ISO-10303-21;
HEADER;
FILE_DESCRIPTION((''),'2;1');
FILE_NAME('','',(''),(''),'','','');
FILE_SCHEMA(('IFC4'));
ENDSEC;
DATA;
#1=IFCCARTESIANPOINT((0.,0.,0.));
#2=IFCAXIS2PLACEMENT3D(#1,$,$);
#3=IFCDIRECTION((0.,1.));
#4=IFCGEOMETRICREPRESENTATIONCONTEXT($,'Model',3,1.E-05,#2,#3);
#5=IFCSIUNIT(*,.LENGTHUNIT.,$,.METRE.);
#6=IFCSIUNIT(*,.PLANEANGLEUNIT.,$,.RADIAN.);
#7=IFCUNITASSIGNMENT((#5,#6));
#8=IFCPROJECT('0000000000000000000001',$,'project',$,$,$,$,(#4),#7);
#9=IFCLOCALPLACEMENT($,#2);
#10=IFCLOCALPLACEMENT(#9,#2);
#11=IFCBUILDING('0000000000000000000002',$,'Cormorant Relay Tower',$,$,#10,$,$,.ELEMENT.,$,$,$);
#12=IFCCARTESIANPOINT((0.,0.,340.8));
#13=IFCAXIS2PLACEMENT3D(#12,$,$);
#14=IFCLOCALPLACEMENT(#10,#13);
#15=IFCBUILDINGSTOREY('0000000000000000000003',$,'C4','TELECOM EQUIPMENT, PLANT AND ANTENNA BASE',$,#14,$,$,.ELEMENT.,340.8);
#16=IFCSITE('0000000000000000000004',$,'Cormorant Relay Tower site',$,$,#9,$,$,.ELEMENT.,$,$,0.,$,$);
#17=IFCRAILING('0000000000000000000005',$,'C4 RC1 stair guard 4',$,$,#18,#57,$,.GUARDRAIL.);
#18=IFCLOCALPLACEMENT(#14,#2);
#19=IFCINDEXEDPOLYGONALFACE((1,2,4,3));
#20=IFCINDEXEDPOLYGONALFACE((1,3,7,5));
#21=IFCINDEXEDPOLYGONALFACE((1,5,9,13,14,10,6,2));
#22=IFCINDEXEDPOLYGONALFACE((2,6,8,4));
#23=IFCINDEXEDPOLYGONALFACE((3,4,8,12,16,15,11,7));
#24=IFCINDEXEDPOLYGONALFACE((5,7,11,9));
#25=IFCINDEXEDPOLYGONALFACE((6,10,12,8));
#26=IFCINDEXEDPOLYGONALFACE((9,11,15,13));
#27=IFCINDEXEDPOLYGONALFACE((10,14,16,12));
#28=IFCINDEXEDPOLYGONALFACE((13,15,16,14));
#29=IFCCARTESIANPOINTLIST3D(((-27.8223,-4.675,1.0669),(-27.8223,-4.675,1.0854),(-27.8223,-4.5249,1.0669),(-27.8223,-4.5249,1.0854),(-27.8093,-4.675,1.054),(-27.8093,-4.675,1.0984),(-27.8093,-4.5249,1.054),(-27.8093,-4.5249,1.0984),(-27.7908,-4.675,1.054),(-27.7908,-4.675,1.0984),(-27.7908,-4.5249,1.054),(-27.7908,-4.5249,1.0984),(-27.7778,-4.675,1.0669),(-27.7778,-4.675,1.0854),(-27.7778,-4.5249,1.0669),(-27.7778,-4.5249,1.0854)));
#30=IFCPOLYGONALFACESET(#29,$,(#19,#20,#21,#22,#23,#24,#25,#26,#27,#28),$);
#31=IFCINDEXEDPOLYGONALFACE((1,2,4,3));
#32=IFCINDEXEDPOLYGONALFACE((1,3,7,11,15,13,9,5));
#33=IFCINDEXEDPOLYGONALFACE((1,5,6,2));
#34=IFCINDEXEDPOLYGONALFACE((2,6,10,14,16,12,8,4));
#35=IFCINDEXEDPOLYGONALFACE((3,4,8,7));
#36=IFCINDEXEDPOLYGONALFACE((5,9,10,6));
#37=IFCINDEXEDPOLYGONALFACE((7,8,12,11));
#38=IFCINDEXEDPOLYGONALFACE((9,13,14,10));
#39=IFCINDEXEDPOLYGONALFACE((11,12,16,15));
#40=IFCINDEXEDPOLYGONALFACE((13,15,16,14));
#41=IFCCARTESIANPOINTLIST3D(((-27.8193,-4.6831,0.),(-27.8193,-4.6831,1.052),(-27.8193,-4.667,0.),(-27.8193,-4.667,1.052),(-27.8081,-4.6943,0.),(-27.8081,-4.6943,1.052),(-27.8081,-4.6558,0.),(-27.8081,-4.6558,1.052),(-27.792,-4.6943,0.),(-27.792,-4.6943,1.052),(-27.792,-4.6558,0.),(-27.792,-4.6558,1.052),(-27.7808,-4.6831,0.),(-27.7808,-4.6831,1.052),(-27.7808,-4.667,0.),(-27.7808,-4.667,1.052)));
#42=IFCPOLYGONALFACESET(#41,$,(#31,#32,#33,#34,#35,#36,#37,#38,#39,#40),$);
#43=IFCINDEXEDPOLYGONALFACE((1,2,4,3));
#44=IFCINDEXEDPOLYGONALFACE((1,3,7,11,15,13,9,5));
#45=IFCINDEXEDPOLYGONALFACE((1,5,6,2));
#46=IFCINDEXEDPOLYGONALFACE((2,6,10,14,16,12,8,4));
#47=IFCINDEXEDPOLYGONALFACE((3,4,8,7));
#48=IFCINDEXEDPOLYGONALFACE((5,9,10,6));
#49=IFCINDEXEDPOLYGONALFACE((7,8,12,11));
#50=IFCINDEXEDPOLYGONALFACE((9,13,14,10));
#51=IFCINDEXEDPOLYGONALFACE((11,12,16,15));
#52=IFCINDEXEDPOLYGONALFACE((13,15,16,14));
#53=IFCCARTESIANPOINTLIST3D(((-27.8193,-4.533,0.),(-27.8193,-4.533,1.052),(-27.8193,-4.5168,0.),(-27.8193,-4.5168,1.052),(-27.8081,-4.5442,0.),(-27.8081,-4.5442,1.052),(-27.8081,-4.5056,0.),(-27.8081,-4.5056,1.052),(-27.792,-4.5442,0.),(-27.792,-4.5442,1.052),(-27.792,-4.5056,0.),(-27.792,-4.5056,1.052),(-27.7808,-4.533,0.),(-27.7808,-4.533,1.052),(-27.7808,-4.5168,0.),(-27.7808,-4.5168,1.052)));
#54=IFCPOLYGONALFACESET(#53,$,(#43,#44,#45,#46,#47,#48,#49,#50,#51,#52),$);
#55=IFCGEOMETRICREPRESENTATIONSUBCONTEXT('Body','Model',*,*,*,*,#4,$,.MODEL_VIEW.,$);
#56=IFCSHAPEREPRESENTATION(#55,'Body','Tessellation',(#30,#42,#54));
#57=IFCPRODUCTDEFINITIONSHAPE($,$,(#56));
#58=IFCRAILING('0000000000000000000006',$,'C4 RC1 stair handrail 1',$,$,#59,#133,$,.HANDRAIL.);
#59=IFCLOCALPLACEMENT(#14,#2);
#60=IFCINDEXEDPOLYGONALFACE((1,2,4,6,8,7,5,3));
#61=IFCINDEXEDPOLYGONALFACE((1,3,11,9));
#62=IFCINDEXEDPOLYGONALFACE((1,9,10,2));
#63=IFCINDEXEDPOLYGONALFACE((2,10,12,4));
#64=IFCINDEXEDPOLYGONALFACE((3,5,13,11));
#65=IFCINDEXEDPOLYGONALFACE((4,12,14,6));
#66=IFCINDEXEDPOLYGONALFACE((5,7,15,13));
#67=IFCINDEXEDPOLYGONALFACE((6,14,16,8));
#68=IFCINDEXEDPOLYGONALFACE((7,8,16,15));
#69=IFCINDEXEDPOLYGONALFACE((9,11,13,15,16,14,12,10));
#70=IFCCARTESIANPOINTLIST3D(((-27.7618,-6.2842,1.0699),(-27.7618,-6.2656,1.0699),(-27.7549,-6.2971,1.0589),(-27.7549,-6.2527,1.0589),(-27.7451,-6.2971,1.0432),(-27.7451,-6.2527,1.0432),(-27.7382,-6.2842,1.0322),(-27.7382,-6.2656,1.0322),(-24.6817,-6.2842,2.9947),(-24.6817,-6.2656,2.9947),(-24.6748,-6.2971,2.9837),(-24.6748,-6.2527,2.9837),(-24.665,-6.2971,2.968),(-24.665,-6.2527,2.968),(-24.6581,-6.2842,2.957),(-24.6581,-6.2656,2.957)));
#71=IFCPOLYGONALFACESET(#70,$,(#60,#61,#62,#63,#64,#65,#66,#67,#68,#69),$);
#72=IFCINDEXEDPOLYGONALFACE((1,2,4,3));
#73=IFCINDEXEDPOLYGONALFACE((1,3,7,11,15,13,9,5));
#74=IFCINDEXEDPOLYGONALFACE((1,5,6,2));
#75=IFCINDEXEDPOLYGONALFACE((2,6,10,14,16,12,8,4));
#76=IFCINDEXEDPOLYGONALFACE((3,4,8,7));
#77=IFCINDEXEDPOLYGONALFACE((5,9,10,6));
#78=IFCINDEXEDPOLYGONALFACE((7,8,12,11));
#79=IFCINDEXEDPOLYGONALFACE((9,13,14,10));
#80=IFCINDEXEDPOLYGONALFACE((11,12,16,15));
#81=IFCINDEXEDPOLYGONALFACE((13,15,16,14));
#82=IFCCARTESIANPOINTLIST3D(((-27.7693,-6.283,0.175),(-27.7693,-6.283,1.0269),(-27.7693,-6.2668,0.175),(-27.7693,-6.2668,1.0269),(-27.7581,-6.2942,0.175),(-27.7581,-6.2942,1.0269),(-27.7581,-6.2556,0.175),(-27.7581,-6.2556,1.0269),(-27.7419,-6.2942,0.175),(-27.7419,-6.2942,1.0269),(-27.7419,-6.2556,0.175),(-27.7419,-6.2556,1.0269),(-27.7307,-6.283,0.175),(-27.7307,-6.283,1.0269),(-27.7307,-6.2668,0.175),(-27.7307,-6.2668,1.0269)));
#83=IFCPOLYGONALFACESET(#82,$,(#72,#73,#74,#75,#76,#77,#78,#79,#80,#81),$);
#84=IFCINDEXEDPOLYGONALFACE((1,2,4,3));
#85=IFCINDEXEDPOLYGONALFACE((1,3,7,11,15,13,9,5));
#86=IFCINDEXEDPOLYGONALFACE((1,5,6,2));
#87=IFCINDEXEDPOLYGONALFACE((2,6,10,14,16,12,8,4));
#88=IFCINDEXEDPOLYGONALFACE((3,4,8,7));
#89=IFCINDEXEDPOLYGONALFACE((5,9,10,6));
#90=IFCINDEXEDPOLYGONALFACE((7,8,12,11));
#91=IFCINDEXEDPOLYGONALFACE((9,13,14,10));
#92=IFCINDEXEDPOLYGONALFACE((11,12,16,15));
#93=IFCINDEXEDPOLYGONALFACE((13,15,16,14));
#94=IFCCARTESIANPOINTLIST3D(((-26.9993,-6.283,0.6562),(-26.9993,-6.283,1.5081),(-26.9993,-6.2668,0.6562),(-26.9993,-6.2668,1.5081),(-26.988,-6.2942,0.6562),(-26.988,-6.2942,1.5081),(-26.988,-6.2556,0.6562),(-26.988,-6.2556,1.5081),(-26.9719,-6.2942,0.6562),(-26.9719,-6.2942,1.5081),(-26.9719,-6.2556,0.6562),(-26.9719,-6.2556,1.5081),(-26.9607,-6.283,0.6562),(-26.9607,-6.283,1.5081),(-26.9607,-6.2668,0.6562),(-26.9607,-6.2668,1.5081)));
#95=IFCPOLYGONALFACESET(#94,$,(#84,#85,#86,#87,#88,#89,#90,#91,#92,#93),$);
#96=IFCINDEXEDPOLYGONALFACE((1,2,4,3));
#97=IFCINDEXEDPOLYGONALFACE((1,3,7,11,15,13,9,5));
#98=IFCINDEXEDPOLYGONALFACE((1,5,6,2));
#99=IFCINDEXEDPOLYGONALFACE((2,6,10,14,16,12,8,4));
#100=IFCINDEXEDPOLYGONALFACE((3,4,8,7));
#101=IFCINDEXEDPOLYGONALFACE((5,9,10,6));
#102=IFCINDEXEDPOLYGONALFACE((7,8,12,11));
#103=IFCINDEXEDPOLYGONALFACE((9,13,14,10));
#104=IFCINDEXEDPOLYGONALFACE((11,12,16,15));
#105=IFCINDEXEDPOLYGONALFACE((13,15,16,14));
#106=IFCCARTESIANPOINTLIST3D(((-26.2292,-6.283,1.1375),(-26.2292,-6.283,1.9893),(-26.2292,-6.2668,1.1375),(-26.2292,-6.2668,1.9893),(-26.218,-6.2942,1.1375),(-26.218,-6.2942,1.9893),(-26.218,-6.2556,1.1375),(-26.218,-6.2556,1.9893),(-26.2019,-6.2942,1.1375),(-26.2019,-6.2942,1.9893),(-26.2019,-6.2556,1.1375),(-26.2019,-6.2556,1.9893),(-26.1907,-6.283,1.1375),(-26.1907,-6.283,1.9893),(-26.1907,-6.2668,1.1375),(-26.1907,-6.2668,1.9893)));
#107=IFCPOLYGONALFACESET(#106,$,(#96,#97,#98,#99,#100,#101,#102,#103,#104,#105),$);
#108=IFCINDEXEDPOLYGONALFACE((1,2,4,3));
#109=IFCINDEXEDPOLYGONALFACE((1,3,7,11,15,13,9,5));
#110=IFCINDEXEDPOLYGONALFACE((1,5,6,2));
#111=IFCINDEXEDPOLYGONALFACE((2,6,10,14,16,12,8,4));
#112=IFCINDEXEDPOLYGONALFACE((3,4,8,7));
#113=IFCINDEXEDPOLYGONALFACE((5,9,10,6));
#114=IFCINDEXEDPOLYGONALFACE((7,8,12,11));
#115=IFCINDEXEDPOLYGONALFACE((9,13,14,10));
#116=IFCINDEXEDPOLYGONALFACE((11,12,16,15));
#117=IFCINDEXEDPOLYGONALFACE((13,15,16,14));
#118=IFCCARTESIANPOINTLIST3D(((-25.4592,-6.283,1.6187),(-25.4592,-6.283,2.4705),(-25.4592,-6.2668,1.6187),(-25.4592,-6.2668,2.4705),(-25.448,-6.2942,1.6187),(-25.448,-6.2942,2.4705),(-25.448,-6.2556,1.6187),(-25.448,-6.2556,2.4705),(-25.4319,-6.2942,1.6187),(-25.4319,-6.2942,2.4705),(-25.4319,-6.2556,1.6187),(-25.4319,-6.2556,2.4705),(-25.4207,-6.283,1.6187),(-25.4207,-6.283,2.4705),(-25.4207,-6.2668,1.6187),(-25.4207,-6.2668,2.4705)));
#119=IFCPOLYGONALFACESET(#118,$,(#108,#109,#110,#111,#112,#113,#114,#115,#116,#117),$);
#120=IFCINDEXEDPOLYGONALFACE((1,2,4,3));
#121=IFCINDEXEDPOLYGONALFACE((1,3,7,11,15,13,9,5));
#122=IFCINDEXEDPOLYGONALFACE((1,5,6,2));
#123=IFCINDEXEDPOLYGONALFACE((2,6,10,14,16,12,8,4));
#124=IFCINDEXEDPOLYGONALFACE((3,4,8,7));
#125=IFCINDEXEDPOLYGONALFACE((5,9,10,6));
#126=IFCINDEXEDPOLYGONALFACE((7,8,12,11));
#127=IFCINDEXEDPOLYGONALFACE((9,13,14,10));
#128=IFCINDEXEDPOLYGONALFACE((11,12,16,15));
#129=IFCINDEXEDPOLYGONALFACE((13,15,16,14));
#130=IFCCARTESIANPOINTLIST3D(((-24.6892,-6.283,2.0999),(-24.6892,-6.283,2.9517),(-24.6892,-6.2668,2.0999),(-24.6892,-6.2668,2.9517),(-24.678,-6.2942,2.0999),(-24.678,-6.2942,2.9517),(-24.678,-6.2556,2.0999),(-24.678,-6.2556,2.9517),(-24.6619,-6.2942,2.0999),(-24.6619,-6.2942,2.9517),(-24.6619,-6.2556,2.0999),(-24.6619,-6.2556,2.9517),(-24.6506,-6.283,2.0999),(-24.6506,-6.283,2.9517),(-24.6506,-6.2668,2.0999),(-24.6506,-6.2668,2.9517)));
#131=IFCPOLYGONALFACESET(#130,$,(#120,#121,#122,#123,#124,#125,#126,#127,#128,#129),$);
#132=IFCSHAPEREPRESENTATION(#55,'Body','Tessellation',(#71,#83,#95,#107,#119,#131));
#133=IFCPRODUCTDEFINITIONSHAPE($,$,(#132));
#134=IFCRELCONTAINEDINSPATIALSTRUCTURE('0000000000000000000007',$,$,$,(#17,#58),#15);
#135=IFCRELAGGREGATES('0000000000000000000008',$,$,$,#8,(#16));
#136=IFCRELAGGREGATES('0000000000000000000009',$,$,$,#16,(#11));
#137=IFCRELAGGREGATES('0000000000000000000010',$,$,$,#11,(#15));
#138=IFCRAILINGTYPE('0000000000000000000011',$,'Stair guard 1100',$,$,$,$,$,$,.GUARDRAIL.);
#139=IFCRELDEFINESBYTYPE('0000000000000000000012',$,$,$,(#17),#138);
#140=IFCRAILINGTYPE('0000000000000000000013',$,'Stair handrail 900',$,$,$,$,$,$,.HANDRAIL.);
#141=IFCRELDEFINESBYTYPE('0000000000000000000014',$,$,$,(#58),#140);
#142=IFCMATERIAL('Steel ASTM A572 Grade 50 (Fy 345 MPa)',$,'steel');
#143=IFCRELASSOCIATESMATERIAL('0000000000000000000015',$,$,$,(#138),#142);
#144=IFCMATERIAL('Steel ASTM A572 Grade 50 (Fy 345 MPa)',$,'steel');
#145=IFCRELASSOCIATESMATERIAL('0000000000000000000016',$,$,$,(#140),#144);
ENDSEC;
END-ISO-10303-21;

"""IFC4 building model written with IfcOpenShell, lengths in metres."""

from ifc_helpers import new_model, si_unit, direction, frame, origin, place, context, subcontext, project, spatial, polyline, outline, extrude, material, type_object, element, save


model = new_model("IFC4")

# Units and contexts
model_context = context("Model", 3, precision=1e-05, world=origin(), true_north=direction((0.0, 1.0)))
body_context = subcontext(model_context, "Body", "Model", "MODEL_VIEW")
ifc_project = project(units=[si_unit("LENGTHUNIT", "METRE"), si_unit("PLANEANGLEUNIT", "RADIAN")], contexts=[model_context])

# Site, building, storey
site_placement = place(None, origin())
site = spatial("IfcSite", under=ifc_project, at=site_placement, Name="Cormorant Relay Tower site", CompositionType="ELEMENT", RefElevation=0.0)
building_placement = place(site_placement, origin())
building = spatial("IfcBuilding", under=site, at=building_placement, Name="Cormorant Relay Tower", CompositionType="ELEMENT")
storey_placement = place(building_placement, frame((0.0, 0.0, 340.8)))
storey = spatial("IfcBuildingStorey", under=building, at=storey_placement, Name="C4", Description="TELECOM EQUIPMENT, PLANT AND ANTENNA BASE", CompositionType="ELEMENT", Elevation=340.8)

# Railings
ifc_material_1 = material(Name="Steel ASTM A572 Grade 50 (Fy 345 MPa)", Category="steel")
railing_type_1 = type_object("IfcRailingType", Name="Stair guard 1100", PredefinedType="GUARDRAIL", material=ifc_material_1)
railing_1_placement = place(storey_placement, frame((-27.8, -4.675, 0.0)))
element("IfcRailing", 1, at=railing_1_placement, inside=storey, type_object=railing_type_1, Name="C4 RC1 stair guard 4", PredefinedType="GUARDRAIL", context=body_context, shape_type="SweptSolid", body=[
    extrude(outline(polyline([(0.0222, 0.0093), (0.0093, 0.0222), (-0.0093, 0.0222), (-0.0222, 0.0093), (-0.0222, -0.0093), (-0.0093, -0.0222), (0.0093, -0.0222), (0.0222, -0.0093), (0.0222, 0.0093)])), frame((0.0, 0.0, 1.0762), z_axis=(0.0, 1.0, 0.0), x_axis=(-1.0, 0.0, 0.0)), (0.0, 0.0, 1.0), 0.1501),
    extrude(outline(polyline([(0.0193, 0.0081), (0.0081, 0.0193), (-0.0081, 0.0193), (-0.0193, 0.0081), (-0.0193, -0.0081), (-0.0081, -0.0193), (0.0081, -0.0193), (0.0193, -0.0081), (0.0193, 0.0081)])), origin(), (0.0, 0.0, 1.0), 1.052),
    extrude(outline(polyline([(0.0193, 0.0081), (0.0081, 0.0193), (-0.0081, 0.0193), (-0.0193, 0.0081), (-0.0193, -0.0081), (-0.0081, -0.0193), (0.0081, -0.0193), (0.0193, -0.0081), (0.0193, 0.0081)])), frame((0.0, 0.1501, 0.0)), (0.0, 0.0, 1.0), 1.052),
])
ifc_material_2 = material(Name="Steel ASTM A572 Grade 50 (Fy 345 MPa)", Category="steel")
railing_type_2 = type_object("IfcRailingType", Name="Stair handrail 900", PredefinedType="HANDRAIL", material=ifc_material_2)
railing_2_placement = place(storey_placement, frame((-27.75, -6.2749, 0.175)))
element("IfcRailing", 2, at=railing_2_placement, inside=storey, type_object=railing_type_2, Name="C4 RC1 stair handrail 1", PredefinedType="HANDRAIL", context=body_context, shape_type="SweptSolid", body=[
    extrude(outline(polyline([(0.0222, 0.0093), (0.0093, 0.0222), (-0.0093, 0.0222), (-0.0222, 0.0093), (-0.0222, -0.0093), (-0.0093, -0.0222), (0.0093, -0.0222), (0.0222, -0.0093), (0.0222, 0.0093)])), frame((0.0, 0.0, 0.876), z_axis=(0.848029, 0.0, 0.529951), x_axis=(0.0, 1.0, 0.0)), (0.0, 0.0, 1.0), 3.6321),
    extrude(outline(polyline([(0.0193, 0.0081), (0.0081, 0.0193), (-0.0081, 0.0193), (-0.0193, 0.0081), (-0.0193, -0.0081), (-0.0081, -0.0193), (0.0081, -0.0193), (0.0193, -0.0081), (0.0193, 0.0081)])), origin(), (0.0, 0.0, 1.0), 0.8518),
    extrude(outline(polyline([(0.0193, 0.0081), (0.0081, 0.0193), (-0.0081, 0.0193), (-0.0193, 0.0081), (-0.0193, -0.0081), (-0.0081, -0.0193), (0.0081, -0.0193), (0.0193, -0.0081), (0.0193, 0.0081)])), frame((0.77, 0.0, 0.4812)), (0.0, 0.0, 1.0), 0.8518),
    extrude(outline(polyline([(0.0193, 0.0081), (0.0081, 0.0193), (-0.0081, 0.0193), (-0.0193, 0.0081), (-0.0193, -0.0081), (-0.0081, -0.0193), (0.0081, -0.0193), (0.0193, -0.0081), (0.0193, 0.0081)])), frame((1.54, 0.0, 0.9624)), (0.0, 0.0, 1.0), 0.8518),
    extrude(outline(polyline([(0.0193, 0.0081), (0.0081, 0.0193), (-0.0081, 0.0193), (-0.0193, 0.0081), (-0.0193, -0.0081), (-0.0081, -0.0193), (0.0081, -0.0193), (0.0193, -0.0081), (0.0193, 0.0081)])), frame((2.3101, 0.0, 1.4436)), (0.0, 0.0, 1.0), 0.8518),
    extrude(outline(polyline([(0.0193, 0.0081), (0.0081, 0.0193), (-0.0081, 0.0193), (-0.0193, 0.0081), (-0.0193, -0.0081), (-0.0081, -0.0193), (0.0081, -0.0193), (0.0193, -0.0081), (0.0193, 0.0081)])), frame((3.0801, 0.0, 1.9248)), (0.0, 0.0, 1.0), 0.8518),
])

save(model, "model.ifc")
